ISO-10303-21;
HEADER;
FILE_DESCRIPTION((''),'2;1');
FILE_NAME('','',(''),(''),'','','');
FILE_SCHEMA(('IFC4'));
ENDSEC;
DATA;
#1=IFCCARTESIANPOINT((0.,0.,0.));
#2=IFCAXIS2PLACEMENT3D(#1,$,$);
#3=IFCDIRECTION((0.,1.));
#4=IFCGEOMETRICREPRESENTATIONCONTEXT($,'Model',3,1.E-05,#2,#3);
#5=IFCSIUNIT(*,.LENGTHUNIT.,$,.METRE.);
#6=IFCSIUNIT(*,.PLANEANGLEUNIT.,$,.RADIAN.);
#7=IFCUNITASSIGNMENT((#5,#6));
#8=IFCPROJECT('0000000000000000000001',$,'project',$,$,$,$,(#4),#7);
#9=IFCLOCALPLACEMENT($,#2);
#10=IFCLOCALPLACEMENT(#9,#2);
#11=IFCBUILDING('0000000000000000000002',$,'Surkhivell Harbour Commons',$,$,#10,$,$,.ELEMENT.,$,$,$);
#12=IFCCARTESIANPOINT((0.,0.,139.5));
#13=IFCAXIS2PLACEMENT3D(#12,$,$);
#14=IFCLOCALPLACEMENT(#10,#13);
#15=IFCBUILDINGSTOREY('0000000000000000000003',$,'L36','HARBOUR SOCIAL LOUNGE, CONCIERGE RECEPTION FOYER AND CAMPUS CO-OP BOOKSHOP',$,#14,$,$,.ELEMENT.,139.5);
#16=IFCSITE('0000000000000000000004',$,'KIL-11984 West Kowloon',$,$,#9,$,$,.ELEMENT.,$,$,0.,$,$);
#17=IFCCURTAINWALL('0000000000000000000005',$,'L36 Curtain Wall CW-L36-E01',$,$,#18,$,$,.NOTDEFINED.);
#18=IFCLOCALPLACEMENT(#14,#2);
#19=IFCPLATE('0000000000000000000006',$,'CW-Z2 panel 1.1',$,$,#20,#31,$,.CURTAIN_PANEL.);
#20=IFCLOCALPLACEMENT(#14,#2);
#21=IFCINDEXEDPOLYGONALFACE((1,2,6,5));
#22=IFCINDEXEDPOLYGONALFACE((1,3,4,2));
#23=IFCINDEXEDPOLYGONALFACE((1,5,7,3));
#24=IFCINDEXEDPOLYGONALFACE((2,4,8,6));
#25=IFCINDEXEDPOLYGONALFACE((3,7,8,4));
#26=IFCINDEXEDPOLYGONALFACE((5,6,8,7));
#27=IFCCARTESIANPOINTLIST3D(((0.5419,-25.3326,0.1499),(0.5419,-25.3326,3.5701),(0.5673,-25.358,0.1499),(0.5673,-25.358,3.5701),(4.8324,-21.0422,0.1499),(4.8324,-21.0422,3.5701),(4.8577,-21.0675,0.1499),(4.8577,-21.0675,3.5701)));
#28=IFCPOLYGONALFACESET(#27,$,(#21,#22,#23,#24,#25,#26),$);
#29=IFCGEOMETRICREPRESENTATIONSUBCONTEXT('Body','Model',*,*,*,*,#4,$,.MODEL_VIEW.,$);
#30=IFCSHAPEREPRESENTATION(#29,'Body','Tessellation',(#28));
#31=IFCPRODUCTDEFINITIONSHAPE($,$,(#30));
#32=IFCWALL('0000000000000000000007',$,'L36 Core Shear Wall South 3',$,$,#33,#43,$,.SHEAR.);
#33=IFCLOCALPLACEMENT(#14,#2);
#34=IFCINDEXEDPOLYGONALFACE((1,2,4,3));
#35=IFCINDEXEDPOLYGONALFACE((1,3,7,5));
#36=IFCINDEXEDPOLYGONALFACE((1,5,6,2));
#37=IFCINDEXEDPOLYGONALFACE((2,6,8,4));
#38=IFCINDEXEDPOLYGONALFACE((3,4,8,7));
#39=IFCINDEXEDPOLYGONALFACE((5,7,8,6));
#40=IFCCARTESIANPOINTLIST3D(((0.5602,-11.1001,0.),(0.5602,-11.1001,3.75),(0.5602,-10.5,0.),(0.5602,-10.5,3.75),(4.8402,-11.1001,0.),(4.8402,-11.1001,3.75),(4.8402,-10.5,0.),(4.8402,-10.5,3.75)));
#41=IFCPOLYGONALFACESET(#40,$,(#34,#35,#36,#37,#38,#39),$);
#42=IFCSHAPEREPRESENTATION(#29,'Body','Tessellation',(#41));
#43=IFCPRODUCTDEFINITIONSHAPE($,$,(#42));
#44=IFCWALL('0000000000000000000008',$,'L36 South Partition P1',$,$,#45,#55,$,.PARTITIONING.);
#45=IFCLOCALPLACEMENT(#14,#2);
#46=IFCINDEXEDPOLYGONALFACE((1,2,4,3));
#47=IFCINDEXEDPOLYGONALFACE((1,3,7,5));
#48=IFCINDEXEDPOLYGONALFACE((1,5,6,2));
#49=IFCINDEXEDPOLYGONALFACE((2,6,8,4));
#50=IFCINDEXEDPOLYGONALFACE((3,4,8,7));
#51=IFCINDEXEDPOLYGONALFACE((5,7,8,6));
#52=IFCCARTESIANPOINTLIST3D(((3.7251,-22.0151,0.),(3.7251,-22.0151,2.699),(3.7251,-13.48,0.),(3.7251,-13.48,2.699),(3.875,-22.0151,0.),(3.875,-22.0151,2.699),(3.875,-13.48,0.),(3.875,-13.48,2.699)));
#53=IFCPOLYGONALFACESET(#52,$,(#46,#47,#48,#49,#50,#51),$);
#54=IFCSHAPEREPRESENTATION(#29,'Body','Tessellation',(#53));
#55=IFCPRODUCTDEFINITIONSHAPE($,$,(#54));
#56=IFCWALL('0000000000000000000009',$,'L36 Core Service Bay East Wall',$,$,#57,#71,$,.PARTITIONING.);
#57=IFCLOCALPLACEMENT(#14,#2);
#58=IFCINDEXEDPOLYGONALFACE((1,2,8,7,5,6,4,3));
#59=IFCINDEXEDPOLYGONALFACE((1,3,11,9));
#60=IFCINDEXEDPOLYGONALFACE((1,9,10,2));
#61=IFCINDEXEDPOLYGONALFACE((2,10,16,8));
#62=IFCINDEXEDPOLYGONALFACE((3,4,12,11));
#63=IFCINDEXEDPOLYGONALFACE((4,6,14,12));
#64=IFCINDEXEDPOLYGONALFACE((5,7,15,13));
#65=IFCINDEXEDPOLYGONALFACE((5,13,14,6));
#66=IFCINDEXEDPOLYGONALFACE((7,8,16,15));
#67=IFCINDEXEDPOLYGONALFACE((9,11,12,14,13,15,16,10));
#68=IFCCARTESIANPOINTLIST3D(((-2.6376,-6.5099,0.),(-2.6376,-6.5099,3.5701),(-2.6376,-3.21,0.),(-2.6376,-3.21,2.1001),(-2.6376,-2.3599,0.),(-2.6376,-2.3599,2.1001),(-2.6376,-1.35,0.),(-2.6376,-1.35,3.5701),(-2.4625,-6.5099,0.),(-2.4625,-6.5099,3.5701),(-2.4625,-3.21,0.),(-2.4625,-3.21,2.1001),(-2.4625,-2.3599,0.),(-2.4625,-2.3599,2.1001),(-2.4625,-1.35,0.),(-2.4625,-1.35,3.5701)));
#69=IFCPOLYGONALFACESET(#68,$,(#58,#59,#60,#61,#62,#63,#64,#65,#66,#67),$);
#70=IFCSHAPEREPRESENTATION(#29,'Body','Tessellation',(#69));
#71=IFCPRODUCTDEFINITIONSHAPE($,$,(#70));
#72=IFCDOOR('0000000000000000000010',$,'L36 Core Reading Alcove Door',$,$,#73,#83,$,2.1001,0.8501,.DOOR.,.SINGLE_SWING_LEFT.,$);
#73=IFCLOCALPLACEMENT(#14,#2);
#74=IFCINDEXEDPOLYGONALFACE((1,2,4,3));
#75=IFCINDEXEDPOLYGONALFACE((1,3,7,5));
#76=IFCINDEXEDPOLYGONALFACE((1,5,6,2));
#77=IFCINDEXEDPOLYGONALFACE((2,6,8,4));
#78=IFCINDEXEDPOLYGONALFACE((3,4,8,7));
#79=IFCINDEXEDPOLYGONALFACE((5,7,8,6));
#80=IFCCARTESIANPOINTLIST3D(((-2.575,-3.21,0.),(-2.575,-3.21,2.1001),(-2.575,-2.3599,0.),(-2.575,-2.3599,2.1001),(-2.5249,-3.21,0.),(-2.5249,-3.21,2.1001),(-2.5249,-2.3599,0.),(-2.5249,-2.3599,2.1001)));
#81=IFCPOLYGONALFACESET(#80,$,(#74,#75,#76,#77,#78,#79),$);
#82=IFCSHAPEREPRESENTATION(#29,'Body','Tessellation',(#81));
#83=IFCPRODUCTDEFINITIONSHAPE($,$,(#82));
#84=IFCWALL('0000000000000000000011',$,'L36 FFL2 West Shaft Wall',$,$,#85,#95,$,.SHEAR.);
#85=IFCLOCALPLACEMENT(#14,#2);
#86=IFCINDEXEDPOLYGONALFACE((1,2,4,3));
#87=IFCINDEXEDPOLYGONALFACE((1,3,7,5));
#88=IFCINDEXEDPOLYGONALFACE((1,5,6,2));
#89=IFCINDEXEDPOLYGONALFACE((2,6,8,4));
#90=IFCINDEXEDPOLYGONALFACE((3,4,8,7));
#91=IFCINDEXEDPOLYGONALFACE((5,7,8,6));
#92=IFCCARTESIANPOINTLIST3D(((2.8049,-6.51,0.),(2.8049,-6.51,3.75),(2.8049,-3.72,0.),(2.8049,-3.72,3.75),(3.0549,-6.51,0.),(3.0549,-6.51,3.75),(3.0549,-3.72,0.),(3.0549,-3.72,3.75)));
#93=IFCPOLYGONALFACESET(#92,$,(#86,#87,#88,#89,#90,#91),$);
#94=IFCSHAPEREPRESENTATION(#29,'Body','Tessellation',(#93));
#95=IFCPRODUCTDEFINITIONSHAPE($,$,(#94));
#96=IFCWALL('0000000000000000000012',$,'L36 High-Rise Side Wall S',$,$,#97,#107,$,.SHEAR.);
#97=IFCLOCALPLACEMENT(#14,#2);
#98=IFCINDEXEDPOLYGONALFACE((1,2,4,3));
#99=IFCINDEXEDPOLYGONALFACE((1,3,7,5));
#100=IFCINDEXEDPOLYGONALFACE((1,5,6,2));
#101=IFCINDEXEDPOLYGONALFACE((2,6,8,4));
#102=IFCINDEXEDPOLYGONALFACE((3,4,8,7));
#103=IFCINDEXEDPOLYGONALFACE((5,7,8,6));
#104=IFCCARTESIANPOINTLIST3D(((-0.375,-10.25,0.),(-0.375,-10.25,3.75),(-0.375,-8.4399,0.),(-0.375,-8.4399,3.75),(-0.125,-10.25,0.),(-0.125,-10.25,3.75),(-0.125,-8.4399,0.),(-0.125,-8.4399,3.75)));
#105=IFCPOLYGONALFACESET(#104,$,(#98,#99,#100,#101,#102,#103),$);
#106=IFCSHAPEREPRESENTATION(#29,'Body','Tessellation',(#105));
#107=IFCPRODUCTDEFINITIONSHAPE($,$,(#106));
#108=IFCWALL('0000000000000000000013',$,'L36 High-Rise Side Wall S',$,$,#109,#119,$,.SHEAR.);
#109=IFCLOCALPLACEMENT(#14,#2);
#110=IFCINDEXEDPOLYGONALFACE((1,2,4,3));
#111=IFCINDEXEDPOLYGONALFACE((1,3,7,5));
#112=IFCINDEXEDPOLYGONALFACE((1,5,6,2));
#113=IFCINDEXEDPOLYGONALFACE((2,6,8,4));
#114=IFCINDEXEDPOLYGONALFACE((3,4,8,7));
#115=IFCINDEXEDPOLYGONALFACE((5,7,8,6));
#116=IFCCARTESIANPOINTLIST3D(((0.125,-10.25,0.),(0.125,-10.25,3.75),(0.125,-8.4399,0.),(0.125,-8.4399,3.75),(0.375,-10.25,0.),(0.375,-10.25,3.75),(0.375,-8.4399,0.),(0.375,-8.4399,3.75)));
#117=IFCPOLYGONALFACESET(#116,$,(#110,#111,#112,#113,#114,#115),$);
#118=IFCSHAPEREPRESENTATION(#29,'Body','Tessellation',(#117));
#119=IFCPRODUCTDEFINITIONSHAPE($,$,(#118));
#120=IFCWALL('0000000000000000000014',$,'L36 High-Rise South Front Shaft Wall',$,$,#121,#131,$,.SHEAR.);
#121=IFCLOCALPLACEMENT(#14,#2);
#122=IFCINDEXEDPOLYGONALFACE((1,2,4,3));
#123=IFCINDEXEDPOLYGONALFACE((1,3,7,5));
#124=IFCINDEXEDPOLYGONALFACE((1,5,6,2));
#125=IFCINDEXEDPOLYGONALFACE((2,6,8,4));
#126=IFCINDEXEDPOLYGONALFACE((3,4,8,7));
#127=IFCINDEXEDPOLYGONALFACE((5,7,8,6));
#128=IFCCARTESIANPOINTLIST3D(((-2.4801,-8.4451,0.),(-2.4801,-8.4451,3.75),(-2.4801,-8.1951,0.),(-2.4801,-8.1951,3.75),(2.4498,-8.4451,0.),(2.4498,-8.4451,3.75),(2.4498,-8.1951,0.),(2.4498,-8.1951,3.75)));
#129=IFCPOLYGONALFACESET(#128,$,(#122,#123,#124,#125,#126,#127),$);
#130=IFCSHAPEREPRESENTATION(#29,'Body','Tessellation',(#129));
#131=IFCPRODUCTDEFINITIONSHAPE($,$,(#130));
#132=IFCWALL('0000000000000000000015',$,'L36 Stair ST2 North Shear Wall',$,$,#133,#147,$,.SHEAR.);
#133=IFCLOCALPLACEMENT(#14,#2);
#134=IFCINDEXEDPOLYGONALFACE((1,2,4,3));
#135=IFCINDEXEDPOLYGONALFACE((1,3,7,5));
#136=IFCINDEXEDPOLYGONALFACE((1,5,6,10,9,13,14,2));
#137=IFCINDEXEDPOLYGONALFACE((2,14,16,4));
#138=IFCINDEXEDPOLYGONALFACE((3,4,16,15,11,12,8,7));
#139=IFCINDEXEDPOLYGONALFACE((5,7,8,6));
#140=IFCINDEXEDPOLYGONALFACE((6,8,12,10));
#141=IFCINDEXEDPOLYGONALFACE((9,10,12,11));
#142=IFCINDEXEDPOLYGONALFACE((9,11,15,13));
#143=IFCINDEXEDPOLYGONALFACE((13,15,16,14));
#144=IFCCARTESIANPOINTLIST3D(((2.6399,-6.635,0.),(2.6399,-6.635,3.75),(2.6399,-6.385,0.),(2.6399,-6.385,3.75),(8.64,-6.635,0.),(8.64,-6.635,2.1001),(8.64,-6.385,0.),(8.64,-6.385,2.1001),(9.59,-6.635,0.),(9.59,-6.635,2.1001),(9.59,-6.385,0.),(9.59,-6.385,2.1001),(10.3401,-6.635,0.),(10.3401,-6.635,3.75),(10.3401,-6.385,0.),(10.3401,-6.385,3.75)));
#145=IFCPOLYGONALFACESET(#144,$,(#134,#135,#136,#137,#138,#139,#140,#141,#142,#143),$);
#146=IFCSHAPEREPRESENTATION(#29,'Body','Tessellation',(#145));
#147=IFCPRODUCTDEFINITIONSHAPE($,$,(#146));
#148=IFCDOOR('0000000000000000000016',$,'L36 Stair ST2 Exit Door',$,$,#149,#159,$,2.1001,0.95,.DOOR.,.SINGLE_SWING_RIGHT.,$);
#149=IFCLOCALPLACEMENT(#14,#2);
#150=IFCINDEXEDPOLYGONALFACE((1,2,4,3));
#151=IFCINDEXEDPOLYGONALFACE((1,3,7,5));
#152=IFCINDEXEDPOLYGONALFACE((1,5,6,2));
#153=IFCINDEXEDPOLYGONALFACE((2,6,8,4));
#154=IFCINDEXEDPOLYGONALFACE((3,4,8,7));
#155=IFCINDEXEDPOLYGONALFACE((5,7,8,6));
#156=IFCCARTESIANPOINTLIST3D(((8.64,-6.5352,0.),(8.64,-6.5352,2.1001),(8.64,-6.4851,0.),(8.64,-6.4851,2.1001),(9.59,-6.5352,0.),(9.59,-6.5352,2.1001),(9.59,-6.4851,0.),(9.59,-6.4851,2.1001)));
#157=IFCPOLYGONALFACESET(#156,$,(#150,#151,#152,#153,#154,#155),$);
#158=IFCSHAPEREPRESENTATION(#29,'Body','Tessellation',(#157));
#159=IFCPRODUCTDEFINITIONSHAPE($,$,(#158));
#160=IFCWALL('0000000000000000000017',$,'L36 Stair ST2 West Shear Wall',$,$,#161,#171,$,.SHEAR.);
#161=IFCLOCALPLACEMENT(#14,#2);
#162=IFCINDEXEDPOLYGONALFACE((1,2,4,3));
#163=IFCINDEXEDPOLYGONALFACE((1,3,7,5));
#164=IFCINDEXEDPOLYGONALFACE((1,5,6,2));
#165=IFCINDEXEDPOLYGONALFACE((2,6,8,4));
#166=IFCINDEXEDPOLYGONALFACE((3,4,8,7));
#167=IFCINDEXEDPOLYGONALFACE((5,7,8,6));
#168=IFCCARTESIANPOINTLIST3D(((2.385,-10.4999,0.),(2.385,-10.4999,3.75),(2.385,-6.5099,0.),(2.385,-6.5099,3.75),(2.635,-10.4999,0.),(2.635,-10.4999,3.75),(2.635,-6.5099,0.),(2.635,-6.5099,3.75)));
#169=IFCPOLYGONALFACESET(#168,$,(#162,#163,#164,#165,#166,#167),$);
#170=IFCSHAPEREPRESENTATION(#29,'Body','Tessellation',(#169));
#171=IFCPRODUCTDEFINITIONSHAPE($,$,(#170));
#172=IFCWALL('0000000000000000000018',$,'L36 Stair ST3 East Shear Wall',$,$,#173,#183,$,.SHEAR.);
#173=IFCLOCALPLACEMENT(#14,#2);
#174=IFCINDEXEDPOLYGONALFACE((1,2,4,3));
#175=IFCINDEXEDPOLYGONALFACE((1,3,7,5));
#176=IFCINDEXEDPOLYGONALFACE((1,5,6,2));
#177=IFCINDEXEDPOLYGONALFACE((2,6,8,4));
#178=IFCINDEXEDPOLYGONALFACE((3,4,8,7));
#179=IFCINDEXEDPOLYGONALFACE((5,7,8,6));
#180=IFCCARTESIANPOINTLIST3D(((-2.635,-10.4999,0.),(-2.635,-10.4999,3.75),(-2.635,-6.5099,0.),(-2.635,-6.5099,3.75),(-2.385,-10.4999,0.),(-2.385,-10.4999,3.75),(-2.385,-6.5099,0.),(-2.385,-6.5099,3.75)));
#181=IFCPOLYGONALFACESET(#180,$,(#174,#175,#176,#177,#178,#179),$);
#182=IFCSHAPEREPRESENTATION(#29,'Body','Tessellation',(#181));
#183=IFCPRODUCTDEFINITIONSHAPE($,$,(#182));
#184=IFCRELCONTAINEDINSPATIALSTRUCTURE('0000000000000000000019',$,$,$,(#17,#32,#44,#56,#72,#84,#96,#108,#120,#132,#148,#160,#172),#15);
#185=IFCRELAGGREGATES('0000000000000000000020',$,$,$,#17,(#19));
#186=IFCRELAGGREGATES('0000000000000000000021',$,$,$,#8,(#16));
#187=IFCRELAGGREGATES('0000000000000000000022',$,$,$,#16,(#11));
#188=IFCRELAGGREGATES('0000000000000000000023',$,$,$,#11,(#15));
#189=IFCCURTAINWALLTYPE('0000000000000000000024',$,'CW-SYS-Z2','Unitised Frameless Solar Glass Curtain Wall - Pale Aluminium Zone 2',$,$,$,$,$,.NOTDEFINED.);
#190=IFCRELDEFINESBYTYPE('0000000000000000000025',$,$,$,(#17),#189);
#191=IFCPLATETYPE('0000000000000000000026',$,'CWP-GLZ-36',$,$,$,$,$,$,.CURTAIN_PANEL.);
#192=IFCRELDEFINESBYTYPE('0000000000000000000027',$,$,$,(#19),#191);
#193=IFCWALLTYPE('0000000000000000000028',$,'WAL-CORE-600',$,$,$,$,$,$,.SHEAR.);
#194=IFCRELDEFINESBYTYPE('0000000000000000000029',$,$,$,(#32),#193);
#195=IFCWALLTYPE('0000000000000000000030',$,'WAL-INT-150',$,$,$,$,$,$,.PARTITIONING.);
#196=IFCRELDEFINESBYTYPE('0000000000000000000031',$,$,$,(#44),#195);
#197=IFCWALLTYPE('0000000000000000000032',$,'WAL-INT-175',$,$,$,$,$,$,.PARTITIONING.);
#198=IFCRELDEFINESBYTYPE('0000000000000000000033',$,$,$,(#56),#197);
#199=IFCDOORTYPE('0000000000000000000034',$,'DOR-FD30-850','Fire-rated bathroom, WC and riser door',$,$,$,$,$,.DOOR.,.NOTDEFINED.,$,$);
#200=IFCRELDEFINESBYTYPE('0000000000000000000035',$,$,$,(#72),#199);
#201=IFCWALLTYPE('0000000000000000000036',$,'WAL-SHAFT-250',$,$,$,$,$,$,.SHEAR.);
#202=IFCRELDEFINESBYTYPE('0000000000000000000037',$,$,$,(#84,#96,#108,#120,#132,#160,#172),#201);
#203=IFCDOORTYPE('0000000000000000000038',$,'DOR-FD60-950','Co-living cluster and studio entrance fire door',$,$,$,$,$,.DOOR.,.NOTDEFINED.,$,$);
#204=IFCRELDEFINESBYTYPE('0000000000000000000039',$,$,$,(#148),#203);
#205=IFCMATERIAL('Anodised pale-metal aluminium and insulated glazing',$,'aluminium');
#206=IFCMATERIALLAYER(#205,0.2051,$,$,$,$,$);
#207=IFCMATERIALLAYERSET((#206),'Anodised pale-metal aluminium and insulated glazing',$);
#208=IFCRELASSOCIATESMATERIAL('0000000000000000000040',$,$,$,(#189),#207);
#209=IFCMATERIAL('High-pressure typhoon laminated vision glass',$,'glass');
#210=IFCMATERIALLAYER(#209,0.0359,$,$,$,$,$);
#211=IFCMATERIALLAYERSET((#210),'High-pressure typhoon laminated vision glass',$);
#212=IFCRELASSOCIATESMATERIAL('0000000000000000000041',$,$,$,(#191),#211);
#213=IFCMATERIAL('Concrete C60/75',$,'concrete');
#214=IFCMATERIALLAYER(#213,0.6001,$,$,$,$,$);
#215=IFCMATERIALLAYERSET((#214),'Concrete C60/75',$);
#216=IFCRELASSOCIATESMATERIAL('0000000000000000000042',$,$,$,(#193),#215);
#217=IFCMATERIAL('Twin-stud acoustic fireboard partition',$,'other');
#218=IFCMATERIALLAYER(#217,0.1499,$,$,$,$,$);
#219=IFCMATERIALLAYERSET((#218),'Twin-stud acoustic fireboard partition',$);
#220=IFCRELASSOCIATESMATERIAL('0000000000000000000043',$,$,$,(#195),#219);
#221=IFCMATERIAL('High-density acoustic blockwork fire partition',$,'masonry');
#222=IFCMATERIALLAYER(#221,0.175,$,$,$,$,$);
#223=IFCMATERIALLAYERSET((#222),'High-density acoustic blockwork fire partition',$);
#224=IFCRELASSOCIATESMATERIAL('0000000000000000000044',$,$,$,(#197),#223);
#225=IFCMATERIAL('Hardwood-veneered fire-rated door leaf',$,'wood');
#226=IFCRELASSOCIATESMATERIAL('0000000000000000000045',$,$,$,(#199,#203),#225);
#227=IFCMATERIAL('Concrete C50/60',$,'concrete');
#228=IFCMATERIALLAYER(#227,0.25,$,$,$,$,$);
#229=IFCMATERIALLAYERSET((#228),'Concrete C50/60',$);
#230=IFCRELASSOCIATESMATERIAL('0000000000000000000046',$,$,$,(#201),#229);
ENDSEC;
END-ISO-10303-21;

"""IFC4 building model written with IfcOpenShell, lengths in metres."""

from ifc_helpers import new_model, si_unit, direction, frame, frame_2d, origin, place, context, subcontext, project, spatial, rectangle, extrude, material, layer, layer_set, type_object, element, fill, aggregate, save


model = new_model("IFC4")

# Units and contexts
model_context = context("Model", 3, precision=1e-05, world=origin(), true_north=direction((0.0, 1.0)))
body_context = subcontext(model_context, "Body", "Model", "MODEL_VIEW")
ifc_project = project(units=[si_unit("LENGTHUNIT", "METRE"), si_unit("PLANEANGLEUNIT", "RADIAN")], contexts=[model_context])

# Site, building, storey
site_placement = place(None, origin())
site = spatial("IfcSite", under=ifc_project, at=site_placement, Name="KIL-11984 West Kowloon", CompositionType="ELEMENT", RefElevation=0.0)
building_placement = place(site_placement, origin())
building = spatial("IfcBuilding", under=site, at=building_placement, Name="Surkhivell Harbour Commons", CompositionType="ELEMENT")
storey_placement = place(building_placement, frame((0.0, 0.0, 139.5)))
storey = spatial("IfcBuildingStorey", under=building, at=storey_placement, Name="L36", Description="HARBOUR SOCIAL LOUNGE, CONCIERGE RECEPTION FOYER AND CAMPUS CO-OP BOOKSHOP", CompositionType="ELEMENT", Elevation=139.5)

# Shared definitions
ifc_material_1 = material(Name="Concrete C60/75", Category="concrete")

# Shared definitions
ifc_material_2 = material(Name="Anodised pale-metal aluminium and insulated glazing", Category="aluminium")
ifc_layer_1 = layer(ifc_material_2, 0.2051)
ifc_layer_set_1 = layer_set([ifc_layer_1], Name="Anodised pale-metal aluminium and insulated glazing")
curtain_wall_type = type_object("IfcCurtainWallType", Name="CW-SYS-Z2", Description="Unitised Frameless Solar Glass Curtain Wall - Pale Aluminium Zone 2", PredefinedType="NOTDEFINED", material=ifc_layer_set_1)

# Curtain wall, plate
curtain_wall_1_placement = place(storey_placement, origin())
curtain_wall_1 = element("IfcCurtainWall", 1, at=curtain_wall_1_placement, inside=storey, type_object=curtain_wall_type, Name="L36 Curtain Wall CW-L36-E01", PredefinedType="NOTDEFINED")
ifc_material_3 = material(Name="High-pressure typhoon laminated vision glass", Category="glass")
ifc_layer_2 = layer(ifc_material_3, 0.0359)
ifc_layer_set_2 = layer_set([ifc_layer_2], Name="High-pressure typhoon laminated vision glass")
plate_type = type_object("IfcPlateType", Name="CWP-GLZ-36", PredefinedType="CURTAIN_PANEL", material=ifc_layer_set_2)
plate_placement = place(storey_placement, frame((0.5547, -25.3452, 0.1499), z_axis=(0.0, 0.0, 1.0), x_axis=(0.707107, 0.707107, 0.0)))
plate = element("IfcPlate", 2, at=plate_placement, type_object=plate_type, Name="CW-Z2 panel 1.1", PredefinedType="CURTAIN_PANEL", context=body_context, shape_type="SweptSolid", body=[
    extrude(rectangle(XDim=6.0676, YDim=0.0359, at=frame_2d((3.0337, 0.0))), origin(), (0.0, 0.0, 1.0), 3.4202),
])
aggregate(curtain_wall_1, [plate])

# Walls
ifc_layer_3 = layer(ifc_material_1, 0.6001)
ifc_layer_set_3 = layer_set([ifc_layer_3], Name="Concrete C60/75")
wall_type_1 = type_object("IfcWallType", Name="WAL-CORE-600", PredefinedType="SHEAR", material=ifc_layer_set_3)
wall_1_placement = place(storey_placement, frame((0.5601, -10.8, 0.0), z_axis=(0.0, 0.0, 1.0), x_axis=(1.0, 0.0, 0.0)))
element("IfcWall", 3, at=wall_1_placement, inside=storey, type_object=wall_type_1, Name="L36 Core Shear Wall South 3", PredefinedType="SHEAR", context=body_context, shape_type="SweptSolid", body=[
    extrude(rectangle(XDim=4.28, YDim=0.6001, at=frame_2d((2.1401, 0.0))), origin(), (0.0, 0.0, 1.0), 3.75),
])
ifc_material_4 = material(Name="Twin-stud acoustic fireboard partition", Category="other")
ifc_layer_4 = layer(ifc_material_4, 0.1499)
ifc_layer_set_4 = layer_set([ifc_layer_4], Name="Twin-stud acoustic fireboard partition")
wall_type_2 = type_object("IfcWallType", Name="WAL-INT-150", PredefinedType="PARTITIONING", material=ifc_layer_set_4)
wall_2_placement = place(storey_placement, frame((3.8, -22.0151, 0.0), z_axis=(0.0, 0.0, 1.0), x_axis=(0.0, 1.0, 0.0)))
element("IfcWall", 4, at=wall_2_placement, inside=storey, type_object=wall_type_2, Name="L36 South Partition P1", PredefinedType="PARTITIONING", context=body_context, shape_type="SweptSolid", body=[
    extrude(rectangle(XDim=8.5352, YDim=0.1499, at=frame_2d((4.2676, 0.0))), origin(), (0.0, 0.0, 1.0), 2.699),
])

# Wall, opening, door
ifc_material_5 = material(Name="High-density acoustic blockwork fire partition", Category="masonry")
ifc_layer_5 = layer(ifc_material_5, 0.175)
ifc_layer_set_5 = layer_set([ifc_layer_5], Name="High-density acoustic blockwork fire partition")
wall_type_3 = type_object("IfcWallType", Name="WAL-INT-175", PredefinedType="PARTITIONING", material=ifc_layer_set_5)
wall_3_placement = place(storey_placement, frame((-2.55, -6.51, 0.0), z_axis=(0.0, 0.0, 1.0), x_axis=(0.0, 1.0, 0.0)))
wall_3 = element("IfcWall", 5, at=wall_3_placement, inside=storey, type_object=wall_type_3, Name="L36 Core Service Bay East Wall", PredefinedType="PARTITIONING", context=body_context, shape_type="SweptSolid", body=[
    extrude(rectangle(XDim=5.1599, YDim=0.175, at=frame_2d((2.5801, 0.0))), origin(), (0.0, 0.0, 1.0), 3.5701),
])
opening_1_placement = place(wall_3_placement, frame((3.3, 0.0, 0.0)))
opening_1 = element("IfcOpeningElement", 6, at=opening_1_placement, cuts=wall_3, PredefinedType="OPENING", context=body_context, shape_type="SweptSolid", body=[
    extrude(rectangle(XDim=0.8501, YDim=2.1001, at=frame_2d((0.425, 1.05))), frame((0.0, 0.0974, 0.0), z_axis=(0.0, -1.0, 0.0), x_axis=(1.0, 0.0, 0.0)), (0.0, 0.0, 1.0), 0.1951),
])
ifc_material_6 = material(Name="Hardwood-veneered fire-rated door leaf", Category="wood")
door_type_1 = type_object("IfcDoorType", Name="DOR-FD30-850", Description="Fire-rated bathroom, WC and riser door", OperationType="NOTDEFINED", PredefinedType="DOOR", material=ifc_material_6)
door_1_placement = place(opening_1_placement, origin())
door_1 = element("IfcDoor", 7, at=door_1_placement, inside=storey, type_object=door_type_1, Name="L36 Core Reading Alcove Door", OperationType="SINGLE_SWING_LEFT", OverallHeight=2.1001, OverallWidth=0.8501, PredefinedType="DOOR", context=body_context, shape_type="SweptSolid", body=[
    extrude(rectangle(XDim=0.8501, YDim=2.1001, at=frame_2d((0.425, 1.05))), frame((0.0, 0.0249, 0.0), z_axis=(0.0, -1.0, 0.0), x_axis=(1.0, 0.0, 0.0)), (0.0, 0.0, 1.0), 0.05),
])
fill(opening_1, door_1)

# Walls
ifc_material_7 = material(Name="Concrete C50/60", Category="concrete")
ifc_layer_6 = layer(ifc_material_7, 0.25)
ifc_layer_set_6 = layer_set([ifc_layer_6], Name="Concrete C50/60")
wall_type_4 = type_object("IfcWallType", Name="WAL-SHAFT-250", PredefinedType="SHEAR", material=ifc_layer_set_6)
wall_4_placement = place(storey_placement, frame((2.9299, -6.51, 0.0), z_axis=(0.0, 0.0, 1.0), x_axis=(0.0, 1.0, 0.0)))
element("IfcWall", 8, at=wall_4_placement, inside=storey, type_object=wall_type_4, Name="L36 FFL2 West Shaft Wall", PredefinedType="SHEAR", context=body_context, shape_type="SweptSolid", body=[
    extrude(rectangle(XDim=2.79, YDim=0.25, at=frame_2d((1.395, 0.0))), origin(), (0.0, 0.0, 1.0), 3.75),
])
for number, where, z_axis, x_axis, name in (
    (9, (-0.25, -10.25, 0.0), (0.0, 0.0, 1.0), (0.0, 1.0, 0.0), "L36 High-Rise Side Wall S"),
    (10, (0.25, -10.25, 0.0), (0.0, 0.0, 1.0), (0.0, 1.0, 0.0), "L36 High-Rise Side Wall S"),
):
    element("IfcWall", number, at=place(storey_placement, frame(where, z_axis=z_axis, x_axis=x_axis)), inside=storey, type_object=wall_type_4, Name=name, PredefinedType="SHEAR", context=body_context, shape_type="SweptSolid", body=[
        extrude(rectangle(XDim=1.8101, YDim=0.25, at=frame_2d((0.905, 0.0))), origin(), (0.0, 0.0, 1.0), 3.75),
    ])
wall_5_placement = place(storey_placement, frame((-2.48, -8.3201, 0.0), z_axis=(0.0, 0.0, 1.0), x_axis=(1.0, 0.0, 0.0)))
element("IfcWall", 11, at=wall_5_placement, inside=storey, type_object=wall_type_4, Name="L36 High-Rise South Front Shaft Wall", PredefinedType="SHEAR", context=body_context, shape_type="SweptSolid", body=[
    extrude(rectangle(XDim=4.9299, YDim=0.25, at=frame_2d((2.4648, 0.0))), origin(), (0.0, 0.0, 1.0), 3.75),
])

# Wall, opening, door
wall_6_placement = place(storey_placement, frame((2.6399, -6.51, 0.0), z_axis=(0.0, 0.0, 1.0), x_axis=(1.0, 0.0, 0.0)))
wall_6 = element("IfcWall", 12, at=wall_6_placement, inside=storey, type_object=wall_type_4, Name="L36 Stair ST2 North Shear Wall", PredefinedType="SHEAR", context=body_context, shape_type="SweptSolid", body=[
    extrude(rectangle(XDim=7.7002, YDim=0.25, at=frame_2d((3.8501, 0.0))), origin(), (0.0, 0.0, 1.0), 3.75),
])
opening_2_placement = place(wall_6_placement, frame((6.0, 0.0, 0.0)))
opening_2 = element("IfcOpeningElement", 13, at=opening_2_placement, cuts=wall_6, PredefinedType="OPENING", context=body_context, shape_type="SweptSolid", body=[
    extrude(rectangle(XDim=0.95, YDim=2.1001, at=frame_2d((0.4751, 1.05))), frame((0.0, 0.135, 0.0), z_axis=(0.0, -1.0, 0.0), x_axis=(1.0, 0.0, 0.0)), (0.0, 0.0, 1.0), 0.27),
])
door_type_2 = type_object("IfcDoorType", Name="DOR-FD60-950", Description="Co-living cluster and studio entrance fire door", OperationType="NOTDEFINED", PredefinedType="DOOR", material=ifc_material_6)
door_2_placement = place(opening_2_placement, origin())
door_2 = element("IfcDoor", 14, at=door_2_placement, inside=storey, type_object=door_type_2, Name="L36 Stair ST2 Exit Door", OperationType="SINGLE_SWING_RIGHT", OverallHeight=2.1001, OverallWidth=0.95, PredefinedType="DOOR", context=body_context, shape_type="SweptSolid", body=[
    extrude(rectangle(XDim=0.95, YDim=2.1001, at=frame_2d((0.4751, 1.05))), frame((0.0, 0.0249, 0.0), z_axis=(0.0, -1.0, 0.0), x_axis=(1.0, 0.0, 0.0)), (0.0, 0.0, 1.0), 0.05),
])
fill(opening_2, door_2)

# Walls
for number, where, z_axis, x_axis, name in (
    (15, (2.51, -10.5, 0.0), (0.0, 0.0, 1.0), (0.0, 1.0, 0.0), "L36 Stair ST2 West Shear Wall"),
    (16, (-2.51, -10.5, 0.0), (0.0, 0.0, 1.0), (0.0, 1.0, 0.0), "L36 Stair ST3 East Shear Wall"),
):
    element("IfcWall", number, at=place(storey_placement, frame(where, z_axis=z_axis, x_axis=x_axis)), inside=storey, type_object=wall_type_4, Name=name, PredefinedType="SHEAR", context=body_context, shape_type="SweptSolid", body=[
        extrude(rectangle(XDim=3.99, YDim=0.25, at=frame_2d((1.9951, 0.0))), origin(), (0.0, 0.0, 1.0), 3.75),
    ])

save(model, "model.ifc")
